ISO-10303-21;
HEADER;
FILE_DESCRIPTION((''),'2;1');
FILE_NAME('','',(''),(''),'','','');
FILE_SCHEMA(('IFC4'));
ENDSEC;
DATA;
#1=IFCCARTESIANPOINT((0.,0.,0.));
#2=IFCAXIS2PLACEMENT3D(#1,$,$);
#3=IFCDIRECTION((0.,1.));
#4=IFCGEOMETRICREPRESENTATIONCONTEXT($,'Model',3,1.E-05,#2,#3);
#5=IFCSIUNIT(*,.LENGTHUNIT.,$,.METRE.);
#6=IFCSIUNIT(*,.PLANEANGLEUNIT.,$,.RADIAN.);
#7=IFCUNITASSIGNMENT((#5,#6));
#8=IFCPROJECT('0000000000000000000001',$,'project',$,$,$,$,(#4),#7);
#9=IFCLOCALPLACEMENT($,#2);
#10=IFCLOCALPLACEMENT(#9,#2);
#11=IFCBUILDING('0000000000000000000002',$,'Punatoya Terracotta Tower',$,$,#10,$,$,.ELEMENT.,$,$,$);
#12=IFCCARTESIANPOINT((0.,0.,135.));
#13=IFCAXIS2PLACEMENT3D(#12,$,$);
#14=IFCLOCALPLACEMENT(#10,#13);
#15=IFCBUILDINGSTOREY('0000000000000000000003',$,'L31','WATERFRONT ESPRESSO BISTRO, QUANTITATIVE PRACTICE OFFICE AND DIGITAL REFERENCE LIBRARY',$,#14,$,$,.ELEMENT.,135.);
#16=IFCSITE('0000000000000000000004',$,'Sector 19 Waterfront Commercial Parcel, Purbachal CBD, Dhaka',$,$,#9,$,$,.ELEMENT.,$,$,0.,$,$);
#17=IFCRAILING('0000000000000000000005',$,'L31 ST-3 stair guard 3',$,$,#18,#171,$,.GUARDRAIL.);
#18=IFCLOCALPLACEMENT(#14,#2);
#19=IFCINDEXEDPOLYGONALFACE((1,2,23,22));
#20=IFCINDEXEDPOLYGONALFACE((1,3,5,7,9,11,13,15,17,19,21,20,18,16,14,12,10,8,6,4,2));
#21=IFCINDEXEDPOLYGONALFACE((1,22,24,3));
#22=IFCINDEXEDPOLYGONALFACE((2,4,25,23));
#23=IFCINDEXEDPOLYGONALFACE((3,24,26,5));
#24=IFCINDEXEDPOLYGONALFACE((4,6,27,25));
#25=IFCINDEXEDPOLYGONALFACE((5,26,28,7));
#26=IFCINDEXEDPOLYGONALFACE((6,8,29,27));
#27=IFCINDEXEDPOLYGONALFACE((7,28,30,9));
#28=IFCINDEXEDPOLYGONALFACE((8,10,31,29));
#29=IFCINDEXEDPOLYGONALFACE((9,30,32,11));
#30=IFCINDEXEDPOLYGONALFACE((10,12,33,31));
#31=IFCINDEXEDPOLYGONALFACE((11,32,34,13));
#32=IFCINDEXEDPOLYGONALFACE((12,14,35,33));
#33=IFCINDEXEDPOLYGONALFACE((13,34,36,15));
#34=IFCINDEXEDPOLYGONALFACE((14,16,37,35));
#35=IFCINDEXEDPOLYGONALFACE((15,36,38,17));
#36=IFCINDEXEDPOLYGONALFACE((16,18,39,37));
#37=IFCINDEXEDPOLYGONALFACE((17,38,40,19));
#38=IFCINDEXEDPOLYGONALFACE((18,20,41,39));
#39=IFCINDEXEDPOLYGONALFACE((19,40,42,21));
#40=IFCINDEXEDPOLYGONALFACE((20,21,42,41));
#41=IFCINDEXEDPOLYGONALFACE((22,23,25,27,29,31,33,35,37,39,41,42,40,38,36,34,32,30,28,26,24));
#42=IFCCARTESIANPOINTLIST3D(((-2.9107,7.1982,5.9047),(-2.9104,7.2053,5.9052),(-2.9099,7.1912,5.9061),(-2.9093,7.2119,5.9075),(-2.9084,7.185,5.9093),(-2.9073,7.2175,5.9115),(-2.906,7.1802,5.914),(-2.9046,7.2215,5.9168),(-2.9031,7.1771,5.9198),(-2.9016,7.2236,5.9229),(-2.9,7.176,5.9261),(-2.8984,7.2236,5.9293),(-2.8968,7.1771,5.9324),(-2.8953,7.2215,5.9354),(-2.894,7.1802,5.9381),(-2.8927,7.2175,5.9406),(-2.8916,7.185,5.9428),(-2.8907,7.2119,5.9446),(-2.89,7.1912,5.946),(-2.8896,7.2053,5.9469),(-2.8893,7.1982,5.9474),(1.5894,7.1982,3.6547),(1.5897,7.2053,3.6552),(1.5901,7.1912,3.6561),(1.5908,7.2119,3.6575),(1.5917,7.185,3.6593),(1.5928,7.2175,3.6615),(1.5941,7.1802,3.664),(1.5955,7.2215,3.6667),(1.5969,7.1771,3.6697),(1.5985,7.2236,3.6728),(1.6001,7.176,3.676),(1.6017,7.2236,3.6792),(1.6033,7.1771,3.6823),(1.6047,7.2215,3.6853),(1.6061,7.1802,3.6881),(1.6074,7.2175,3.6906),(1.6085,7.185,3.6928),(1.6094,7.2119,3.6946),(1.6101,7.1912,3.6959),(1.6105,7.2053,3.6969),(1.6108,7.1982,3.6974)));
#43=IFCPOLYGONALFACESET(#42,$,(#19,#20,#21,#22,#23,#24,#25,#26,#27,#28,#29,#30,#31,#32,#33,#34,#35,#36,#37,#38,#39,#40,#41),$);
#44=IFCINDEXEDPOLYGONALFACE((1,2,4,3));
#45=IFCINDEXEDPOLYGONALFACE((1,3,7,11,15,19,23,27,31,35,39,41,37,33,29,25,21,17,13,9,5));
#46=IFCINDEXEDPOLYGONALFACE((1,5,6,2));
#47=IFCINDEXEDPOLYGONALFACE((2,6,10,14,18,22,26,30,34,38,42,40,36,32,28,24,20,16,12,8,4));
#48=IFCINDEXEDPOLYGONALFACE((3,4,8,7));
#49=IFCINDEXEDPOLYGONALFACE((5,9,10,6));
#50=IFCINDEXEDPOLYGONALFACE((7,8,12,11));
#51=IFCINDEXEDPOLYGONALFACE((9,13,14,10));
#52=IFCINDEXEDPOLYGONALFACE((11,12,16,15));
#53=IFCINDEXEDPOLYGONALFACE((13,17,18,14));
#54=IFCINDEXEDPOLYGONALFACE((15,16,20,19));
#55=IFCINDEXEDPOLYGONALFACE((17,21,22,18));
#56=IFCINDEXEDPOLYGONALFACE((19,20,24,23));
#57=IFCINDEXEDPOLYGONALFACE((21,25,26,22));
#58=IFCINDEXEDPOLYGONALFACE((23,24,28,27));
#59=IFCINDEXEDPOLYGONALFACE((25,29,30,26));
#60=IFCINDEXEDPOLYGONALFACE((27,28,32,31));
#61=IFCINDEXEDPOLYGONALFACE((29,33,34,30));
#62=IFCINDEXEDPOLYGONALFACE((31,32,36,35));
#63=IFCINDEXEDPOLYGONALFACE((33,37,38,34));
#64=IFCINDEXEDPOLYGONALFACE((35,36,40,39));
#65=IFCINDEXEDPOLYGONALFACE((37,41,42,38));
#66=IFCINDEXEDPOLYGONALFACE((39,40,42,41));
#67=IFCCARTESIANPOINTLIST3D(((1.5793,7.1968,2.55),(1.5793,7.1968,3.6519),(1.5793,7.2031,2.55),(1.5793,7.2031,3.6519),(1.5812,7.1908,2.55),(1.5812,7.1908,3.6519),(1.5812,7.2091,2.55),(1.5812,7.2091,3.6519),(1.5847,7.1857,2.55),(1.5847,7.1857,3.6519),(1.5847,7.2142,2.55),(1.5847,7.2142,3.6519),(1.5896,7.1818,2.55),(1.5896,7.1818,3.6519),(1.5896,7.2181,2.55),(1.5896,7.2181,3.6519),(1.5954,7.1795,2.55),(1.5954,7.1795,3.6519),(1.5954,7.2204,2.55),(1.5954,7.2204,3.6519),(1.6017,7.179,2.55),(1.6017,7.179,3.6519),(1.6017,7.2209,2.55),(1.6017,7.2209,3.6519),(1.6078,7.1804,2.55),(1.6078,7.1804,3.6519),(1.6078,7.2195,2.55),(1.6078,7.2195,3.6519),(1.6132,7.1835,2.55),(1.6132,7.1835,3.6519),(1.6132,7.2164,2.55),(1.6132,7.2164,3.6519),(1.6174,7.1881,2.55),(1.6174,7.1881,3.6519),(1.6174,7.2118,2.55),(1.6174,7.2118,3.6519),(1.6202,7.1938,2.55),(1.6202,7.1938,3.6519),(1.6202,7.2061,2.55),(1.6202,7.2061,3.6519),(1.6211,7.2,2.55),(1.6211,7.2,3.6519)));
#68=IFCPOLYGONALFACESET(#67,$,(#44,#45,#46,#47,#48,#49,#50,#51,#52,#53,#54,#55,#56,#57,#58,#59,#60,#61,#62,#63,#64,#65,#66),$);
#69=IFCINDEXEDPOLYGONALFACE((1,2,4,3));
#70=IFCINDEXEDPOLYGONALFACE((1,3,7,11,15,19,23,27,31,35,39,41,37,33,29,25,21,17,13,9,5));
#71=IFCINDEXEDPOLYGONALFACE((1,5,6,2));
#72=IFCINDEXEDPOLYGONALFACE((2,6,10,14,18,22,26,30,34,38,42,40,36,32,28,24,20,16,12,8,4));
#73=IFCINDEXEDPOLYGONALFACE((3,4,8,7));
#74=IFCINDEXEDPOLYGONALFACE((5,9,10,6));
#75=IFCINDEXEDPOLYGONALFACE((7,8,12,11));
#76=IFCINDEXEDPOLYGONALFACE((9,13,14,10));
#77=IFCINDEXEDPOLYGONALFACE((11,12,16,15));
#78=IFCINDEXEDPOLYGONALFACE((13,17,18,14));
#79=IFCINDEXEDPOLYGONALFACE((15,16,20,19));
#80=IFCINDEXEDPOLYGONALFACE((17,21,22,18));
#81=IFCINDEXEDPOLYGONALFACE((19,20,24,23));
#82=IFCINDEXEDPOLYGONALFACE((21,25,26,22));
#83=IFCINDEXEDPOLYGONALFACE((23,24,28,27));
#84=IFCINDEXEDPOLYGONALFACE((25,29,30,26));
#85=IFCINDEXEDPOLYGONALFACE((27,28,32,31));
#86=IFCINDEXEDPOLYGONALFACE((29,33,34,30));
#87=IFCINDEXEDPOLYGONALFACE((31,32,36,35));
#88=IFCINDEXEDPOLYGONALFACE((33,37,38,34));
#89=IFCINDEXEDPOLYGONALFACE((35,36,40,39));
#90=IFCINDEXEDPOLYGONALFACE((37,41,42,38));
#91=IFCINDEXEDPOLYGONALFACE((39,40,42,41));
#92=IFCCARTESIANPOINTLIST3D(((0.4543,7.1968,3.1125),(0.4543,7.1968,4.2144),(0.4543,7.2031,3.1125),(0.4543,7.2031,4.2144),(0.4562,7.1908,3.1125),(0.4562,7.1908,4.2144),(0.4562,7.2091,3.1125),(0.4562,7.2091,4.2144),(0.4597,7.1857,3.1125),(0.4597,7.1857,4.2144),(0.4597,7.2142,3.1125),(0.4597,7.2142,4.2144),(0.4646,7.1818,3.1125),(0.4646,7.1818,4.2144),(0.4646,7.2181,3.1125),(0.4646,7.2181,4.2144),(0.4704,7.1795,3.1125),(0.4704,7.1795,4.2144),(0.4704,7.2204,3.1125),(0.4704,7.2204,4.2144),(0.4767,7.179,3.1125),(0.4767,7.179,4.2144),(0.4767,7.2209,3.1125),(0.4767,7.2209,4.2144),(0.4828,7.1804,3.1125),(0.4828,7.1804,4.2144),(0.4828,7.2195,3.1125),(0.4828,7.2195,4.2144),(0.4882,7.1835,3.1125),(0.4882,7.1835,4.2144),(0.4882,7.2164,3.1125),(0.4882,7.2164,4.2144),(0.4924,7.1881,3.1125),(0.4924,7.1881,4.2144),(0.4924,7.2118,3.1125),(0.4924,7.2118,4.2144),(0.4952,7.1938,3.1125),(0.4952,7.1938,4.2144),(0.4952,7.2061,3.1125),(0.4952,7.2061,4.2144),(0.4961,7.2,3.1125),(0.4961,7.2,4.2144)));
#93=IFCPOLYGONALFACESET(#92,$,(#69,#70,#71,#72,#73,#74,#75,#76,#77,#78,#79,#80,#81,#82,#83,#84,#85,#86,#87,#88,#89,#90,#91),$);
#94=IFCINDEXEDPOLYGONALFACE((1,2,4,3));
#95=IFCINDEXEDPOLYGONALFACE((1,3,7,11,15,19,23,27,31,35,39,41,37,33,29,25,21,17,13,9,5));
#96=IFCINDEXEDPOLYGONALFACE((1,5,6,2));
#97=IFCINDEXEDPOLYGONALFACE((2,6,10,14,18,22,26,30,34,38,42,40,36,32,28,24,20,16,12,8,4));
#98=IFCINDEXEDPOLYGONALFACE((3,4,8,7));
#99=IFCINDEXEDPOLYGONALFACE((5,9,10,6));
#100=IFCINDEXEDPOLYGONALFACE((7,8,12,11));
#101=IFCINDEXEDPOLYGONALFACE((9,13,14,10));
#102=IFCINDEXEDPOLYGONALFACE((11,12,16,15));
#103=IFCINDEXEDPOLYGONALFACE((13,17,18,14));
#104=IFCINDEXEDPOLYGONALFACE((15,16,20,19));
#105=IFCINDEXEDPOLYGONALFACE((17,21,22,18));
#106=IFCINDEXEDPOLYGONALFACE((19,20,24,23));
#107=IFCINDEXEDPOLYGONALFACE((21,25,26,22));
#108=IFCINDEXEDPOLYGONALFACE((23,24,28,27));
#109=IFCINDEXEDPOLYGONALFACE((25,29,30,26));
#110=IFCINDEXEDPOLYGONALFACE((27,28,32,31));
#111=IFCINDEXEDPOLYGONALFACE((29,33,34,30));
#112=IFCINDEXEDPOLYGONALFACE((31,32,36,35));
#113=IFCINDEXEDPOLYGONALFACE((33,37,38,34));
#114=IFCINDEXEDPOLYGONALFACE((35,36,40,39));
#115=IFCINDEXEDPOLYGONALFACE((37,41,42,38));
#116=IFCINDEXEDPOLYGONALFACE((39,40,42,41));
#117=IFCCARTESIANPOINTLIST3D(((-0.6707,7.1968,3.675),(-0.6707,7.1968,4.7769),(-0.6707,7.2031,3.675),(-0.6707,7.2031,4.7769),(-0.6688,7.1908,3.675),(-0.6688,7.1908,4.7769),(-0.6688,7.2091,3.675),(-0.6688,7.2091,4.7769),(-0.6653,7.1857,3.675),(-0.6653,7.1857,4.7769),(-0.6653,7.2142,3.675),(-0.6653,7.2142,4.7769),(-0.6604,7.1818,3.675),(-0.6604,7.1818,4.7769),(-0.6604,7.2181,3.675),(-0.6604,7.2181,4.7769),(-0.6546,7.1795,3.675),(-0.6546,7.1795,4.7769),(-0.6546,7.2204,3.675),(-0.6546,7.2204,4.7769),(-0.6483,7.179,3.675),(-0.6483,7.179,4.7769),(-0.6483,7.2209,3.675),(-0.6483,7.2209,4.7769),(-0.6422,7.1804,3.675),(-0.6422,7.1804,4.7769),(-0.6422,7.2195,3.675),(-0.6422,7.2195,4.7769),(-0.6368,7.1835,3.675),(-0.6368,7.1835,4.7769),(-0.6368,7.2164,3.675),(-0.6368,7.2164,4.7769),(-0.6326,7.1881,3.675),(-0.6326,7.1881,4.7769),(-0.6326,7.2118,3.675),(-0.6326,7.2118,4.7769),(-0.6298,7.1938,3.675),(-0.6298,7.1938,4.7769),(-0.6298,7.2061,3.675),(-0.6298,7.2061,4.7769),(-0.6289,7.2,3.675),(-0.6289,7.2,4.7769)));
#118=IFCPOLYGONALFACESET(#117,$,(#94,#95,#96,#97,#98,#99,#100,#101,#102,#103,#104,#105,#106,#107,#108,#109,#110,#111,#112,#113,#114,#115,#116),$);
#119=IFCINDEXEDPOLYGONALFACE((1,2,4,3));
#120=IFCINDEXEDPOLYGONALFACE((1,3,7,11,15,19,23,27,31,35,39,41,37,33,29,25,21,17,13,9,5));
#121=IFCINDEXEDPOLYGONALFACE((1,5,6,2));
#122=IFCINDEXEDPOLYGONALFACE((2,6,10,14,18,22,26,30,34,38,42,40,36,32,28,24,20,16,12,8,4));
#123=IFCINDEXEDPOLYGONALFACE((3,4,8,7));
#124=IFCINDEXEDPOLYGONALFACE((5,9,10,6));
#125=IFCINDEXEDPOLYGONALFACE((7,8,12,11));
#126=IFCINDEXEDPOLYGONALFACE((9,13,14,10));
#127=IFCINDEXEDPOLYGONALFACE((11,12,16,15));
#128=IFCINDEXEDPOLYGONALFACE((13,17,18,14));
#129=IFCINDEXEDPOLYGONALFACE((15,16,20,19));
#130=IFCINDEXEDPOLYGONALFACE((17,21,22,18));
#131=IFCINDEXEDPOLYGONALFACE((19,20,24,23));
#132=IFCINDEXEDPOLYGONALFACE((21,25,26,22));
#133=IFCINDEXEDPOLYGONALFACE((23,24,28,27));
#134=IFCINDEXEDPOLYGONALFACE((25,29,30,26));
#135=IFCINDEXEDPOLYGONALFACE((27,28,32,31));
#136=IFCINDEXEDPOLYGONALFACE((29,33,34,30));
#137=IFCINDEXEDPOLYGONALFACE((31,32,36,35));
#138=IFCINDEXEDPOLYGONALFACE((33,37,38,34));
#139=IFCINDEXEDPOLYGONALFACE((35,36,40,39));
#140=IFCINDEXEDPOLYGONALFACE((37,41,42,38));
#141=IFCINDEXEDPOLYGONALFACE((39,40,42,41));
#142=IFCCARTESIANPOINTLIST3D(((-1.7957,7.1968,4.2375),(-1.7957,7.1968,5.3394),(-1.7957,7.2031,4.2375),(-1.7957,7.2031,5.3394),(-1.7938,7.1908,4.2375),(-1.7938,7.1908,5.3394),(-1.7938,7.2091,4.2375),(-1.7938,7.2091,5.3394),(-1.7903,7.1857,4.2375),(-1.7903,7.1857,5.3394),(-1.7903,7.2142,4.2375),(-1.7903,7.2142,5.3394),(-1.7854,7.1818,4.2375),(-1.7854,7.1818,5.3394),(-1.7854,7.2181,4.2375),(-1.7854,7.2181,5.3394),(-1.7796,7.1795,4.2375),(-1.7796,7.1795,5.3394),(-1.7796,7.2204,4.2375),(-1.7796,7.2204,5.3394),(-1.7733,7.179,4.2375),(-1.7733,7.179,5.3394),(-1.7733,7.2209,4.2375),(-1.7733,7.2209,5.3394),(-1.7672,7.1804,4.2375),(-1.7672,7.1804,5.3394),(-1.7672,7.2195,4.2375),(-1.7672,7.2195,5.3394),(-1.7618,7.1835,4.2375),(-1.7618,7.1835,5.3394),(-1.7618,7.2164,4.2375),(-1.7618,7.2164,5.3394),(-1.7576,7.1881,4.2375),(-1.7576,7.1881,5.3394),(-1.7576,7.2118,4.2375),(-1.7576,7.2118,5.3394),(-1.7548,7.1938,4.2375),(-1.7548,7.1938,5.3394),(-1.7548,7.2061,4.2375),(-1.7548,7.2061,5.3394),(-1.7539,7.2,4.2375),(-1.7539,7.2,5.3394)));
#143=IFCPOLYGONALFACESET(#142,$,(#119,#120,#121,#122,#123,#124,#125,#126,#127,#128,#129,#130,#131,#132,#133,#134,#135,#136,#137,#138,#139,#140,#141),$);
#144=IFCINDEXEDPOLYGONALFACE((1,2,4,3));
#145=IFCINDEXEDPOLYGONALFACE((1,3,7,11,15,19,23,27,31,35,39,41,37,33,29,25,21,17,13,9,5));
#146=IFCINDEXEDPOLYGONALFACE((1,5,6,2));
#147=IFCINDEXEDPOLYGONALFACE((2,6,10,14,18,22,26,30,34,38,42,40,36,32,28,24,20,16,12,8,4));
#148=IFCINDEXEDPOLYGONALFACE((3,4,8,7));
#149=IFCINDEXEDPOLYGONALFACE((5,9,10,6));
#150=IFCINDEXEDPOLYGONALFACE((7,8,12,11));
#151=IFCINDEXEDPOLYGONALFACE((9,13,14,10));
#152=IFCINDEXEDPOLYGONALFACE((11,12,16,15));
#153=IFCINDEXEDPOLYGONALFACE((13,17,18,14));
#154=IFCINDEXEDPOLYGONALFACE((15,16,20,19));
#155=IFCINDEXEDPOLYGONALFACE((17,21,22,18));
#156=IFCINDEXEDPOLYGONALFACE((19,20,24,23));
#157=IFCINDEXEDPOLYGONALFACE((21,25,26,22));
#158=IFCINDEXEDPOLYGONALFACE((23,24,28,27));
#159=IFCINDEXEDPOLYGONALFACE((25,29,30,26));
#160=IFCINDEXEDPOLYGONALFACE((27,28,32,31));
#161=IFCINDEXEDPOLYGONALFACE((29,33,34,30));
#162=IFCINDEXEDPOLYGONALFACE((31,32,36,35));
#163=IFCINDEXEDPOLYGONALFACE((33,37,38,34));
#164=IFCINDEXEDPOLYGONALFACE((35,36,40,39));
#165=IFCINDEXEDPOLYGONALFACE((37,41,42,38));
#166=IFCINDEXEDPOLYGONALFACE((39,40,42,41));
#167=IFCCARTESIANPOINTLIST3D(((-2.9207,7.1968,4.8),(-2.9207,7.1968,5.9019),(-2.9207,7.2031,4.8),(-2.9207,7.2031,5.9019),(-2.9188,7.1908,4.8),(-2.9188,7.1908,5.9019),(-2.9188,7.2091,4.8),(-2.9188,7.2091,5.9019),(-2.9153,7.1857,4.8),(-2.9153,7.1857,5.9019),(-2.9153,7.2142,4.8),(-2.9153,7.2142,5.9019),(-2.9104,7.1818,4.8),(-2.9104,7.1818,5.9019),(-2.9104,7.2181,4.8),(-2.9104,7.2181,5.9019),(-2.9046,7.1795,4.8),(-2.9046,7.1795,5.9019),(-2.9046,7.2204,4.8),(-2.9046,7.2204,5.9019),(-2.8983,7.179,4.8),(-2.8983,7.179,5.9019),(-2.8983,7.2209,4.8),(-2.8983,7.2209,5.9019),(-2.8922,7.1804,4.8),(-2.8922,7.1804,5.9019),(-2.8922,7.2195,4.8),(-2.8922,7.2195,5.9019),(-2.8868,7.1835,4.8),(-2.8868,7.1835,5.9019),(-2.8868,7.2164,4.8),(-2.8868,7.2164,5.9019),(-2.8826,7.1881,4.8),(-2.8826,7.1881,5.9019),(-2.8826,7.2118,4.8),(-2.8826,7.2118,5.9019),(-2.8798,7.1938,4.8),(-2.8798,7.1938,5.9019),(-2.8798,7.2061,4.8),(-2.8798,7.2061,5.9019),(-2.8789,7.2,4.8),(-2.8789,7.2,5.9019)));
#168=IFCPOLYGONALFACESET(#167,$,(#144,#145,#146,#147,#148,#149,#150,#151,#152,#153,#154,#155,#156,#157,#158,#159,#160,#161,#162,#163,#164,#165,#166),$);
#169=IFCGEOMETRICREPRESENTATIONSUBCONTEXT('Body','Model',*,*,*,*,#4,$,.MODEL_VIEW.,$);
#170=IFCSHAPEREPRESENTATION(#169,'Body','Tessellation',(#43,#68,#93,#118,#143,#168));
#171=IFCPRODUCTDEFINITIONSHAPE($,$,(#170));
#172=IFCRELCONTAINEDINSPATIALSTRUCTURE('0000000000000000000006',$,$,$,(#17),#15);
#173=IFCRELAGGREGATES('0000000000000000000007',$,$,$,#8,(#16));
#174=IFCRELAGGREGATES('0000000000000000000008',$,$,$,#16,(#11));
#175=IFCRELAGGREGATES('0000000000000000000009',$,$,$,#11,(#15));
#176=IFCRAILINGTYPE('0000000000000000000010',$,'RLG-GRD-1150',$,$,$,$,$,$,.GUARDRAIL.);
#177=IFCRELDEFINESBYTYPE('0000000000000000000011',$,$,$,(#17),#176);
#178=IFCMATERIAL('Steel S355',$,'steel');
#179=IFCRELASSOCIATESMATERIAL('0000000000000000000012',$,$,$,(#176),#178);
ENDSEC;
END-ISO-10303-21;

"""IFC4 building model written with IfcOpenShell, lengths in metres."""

from ifc_helpers import new_model, si_unit, direction, frame, origin, origin_2d, place, context, subcontext, project, spatial, circle, extrude, material, type_object, element, save


model = new_model("IFC4")

# Units and contexts
model_context = context("Model", 3, precision=1e-05, world=origin(), true_north=direction((0.0, 1.0)))
body_context = subcontext(model_context, "Body", "Model", "MODEL_VIEW")
ifc_project = project(units=[si_unit("LENGTHUNIT", "METRE"), si_unit("PLANEANGLEUNIT", "RADIAN")], contexts=[model_context])

# Site, building, storey
site_placement = place(None, origin())
site = spatial("IfcSite", under=ifc_project, at=site_placement, Name="Sector 19 Waterfront Commercial Parcel, Purbachal CBD, Dhaka", CompositionType="ELEMENT", RefElevation=0.0)
building_placement = place(site_placement, origin())
building = spatial("IfcBuilding", under=site, at=building_placement, Name="Punatoya Terracotta Tower", CompositionType="ELEMENT")
storey_placement = place(building_placement, frame((0.0, 0.0, 135.0)))
storey = spatial("IfcBuildingStorey", under=building, at=storey_placement, Name="L31", Description="WATERFRONT ESPRESSO BISTRO, QUANTITATIVE PRACTICE OFFICE AND DIGITAL REFERENCE LIBRARY", CompositionType="ELEMENT", Elevation=135.0)

# Shared definitions
ifc_material_1 = material(Name="Steel S355", Category="steel")

# Railing
railing_type_1 = type_object("IfcRailingType", Name="RLG-GRD-1150", PredefinedType="GUARDRAIL", material=ifc_material_1)
railing_1_placement = place(storey_placement, frame((1.6001, 7.2, 2.55)))
element("IfcRailing", 1, at=railing_1_placement, inside=storey, type_object=railing_type_1, Name="L31 ST-3 stair guard 3", PredefinedType="GUARDRAIL", context=body_context, shape_type="SweptSolid", body=[
    extrude(circle(Radius=0.0239, at=origin_2d()), frame((0.0, 0.0, 1.126), z_axis=(-0.894427, 0.0, 0.447214), x_axis=(0.0, -1.0, 0.0)), (0.0, 0.0, 1.0), 5.0312),
    extrude(circle(Radius=0.021, at=origin_2d()), origin(), (0.0, 0.0, 1.0), 1.1018),
    extrude(circle(Radius=0.021, at=origin_2d()), frame((-1.125, 0.0, 0.5625)), (0.0, 0.0, 1.0), 1.1018),
    extrude(circle(Radius=0.021, at=origin_2d()), frame((-2.25, 0.0, 1.125)), (0.0, 0.0, 1.0), 1.1018),
    extrude(circle(Radius=0.021, at=origin_2d()), frame((-3.375, 0.0, 1.6875)), (0.0, 0.0, 1.0), 1.1018),
    extrude(circle(Radius=0.021, at=origin_2d()), frame((-4.5, 0.0, 2.25)), (0.0, 0.0, 1.0), 1.1018),
])

save(model, "model.ifc")
